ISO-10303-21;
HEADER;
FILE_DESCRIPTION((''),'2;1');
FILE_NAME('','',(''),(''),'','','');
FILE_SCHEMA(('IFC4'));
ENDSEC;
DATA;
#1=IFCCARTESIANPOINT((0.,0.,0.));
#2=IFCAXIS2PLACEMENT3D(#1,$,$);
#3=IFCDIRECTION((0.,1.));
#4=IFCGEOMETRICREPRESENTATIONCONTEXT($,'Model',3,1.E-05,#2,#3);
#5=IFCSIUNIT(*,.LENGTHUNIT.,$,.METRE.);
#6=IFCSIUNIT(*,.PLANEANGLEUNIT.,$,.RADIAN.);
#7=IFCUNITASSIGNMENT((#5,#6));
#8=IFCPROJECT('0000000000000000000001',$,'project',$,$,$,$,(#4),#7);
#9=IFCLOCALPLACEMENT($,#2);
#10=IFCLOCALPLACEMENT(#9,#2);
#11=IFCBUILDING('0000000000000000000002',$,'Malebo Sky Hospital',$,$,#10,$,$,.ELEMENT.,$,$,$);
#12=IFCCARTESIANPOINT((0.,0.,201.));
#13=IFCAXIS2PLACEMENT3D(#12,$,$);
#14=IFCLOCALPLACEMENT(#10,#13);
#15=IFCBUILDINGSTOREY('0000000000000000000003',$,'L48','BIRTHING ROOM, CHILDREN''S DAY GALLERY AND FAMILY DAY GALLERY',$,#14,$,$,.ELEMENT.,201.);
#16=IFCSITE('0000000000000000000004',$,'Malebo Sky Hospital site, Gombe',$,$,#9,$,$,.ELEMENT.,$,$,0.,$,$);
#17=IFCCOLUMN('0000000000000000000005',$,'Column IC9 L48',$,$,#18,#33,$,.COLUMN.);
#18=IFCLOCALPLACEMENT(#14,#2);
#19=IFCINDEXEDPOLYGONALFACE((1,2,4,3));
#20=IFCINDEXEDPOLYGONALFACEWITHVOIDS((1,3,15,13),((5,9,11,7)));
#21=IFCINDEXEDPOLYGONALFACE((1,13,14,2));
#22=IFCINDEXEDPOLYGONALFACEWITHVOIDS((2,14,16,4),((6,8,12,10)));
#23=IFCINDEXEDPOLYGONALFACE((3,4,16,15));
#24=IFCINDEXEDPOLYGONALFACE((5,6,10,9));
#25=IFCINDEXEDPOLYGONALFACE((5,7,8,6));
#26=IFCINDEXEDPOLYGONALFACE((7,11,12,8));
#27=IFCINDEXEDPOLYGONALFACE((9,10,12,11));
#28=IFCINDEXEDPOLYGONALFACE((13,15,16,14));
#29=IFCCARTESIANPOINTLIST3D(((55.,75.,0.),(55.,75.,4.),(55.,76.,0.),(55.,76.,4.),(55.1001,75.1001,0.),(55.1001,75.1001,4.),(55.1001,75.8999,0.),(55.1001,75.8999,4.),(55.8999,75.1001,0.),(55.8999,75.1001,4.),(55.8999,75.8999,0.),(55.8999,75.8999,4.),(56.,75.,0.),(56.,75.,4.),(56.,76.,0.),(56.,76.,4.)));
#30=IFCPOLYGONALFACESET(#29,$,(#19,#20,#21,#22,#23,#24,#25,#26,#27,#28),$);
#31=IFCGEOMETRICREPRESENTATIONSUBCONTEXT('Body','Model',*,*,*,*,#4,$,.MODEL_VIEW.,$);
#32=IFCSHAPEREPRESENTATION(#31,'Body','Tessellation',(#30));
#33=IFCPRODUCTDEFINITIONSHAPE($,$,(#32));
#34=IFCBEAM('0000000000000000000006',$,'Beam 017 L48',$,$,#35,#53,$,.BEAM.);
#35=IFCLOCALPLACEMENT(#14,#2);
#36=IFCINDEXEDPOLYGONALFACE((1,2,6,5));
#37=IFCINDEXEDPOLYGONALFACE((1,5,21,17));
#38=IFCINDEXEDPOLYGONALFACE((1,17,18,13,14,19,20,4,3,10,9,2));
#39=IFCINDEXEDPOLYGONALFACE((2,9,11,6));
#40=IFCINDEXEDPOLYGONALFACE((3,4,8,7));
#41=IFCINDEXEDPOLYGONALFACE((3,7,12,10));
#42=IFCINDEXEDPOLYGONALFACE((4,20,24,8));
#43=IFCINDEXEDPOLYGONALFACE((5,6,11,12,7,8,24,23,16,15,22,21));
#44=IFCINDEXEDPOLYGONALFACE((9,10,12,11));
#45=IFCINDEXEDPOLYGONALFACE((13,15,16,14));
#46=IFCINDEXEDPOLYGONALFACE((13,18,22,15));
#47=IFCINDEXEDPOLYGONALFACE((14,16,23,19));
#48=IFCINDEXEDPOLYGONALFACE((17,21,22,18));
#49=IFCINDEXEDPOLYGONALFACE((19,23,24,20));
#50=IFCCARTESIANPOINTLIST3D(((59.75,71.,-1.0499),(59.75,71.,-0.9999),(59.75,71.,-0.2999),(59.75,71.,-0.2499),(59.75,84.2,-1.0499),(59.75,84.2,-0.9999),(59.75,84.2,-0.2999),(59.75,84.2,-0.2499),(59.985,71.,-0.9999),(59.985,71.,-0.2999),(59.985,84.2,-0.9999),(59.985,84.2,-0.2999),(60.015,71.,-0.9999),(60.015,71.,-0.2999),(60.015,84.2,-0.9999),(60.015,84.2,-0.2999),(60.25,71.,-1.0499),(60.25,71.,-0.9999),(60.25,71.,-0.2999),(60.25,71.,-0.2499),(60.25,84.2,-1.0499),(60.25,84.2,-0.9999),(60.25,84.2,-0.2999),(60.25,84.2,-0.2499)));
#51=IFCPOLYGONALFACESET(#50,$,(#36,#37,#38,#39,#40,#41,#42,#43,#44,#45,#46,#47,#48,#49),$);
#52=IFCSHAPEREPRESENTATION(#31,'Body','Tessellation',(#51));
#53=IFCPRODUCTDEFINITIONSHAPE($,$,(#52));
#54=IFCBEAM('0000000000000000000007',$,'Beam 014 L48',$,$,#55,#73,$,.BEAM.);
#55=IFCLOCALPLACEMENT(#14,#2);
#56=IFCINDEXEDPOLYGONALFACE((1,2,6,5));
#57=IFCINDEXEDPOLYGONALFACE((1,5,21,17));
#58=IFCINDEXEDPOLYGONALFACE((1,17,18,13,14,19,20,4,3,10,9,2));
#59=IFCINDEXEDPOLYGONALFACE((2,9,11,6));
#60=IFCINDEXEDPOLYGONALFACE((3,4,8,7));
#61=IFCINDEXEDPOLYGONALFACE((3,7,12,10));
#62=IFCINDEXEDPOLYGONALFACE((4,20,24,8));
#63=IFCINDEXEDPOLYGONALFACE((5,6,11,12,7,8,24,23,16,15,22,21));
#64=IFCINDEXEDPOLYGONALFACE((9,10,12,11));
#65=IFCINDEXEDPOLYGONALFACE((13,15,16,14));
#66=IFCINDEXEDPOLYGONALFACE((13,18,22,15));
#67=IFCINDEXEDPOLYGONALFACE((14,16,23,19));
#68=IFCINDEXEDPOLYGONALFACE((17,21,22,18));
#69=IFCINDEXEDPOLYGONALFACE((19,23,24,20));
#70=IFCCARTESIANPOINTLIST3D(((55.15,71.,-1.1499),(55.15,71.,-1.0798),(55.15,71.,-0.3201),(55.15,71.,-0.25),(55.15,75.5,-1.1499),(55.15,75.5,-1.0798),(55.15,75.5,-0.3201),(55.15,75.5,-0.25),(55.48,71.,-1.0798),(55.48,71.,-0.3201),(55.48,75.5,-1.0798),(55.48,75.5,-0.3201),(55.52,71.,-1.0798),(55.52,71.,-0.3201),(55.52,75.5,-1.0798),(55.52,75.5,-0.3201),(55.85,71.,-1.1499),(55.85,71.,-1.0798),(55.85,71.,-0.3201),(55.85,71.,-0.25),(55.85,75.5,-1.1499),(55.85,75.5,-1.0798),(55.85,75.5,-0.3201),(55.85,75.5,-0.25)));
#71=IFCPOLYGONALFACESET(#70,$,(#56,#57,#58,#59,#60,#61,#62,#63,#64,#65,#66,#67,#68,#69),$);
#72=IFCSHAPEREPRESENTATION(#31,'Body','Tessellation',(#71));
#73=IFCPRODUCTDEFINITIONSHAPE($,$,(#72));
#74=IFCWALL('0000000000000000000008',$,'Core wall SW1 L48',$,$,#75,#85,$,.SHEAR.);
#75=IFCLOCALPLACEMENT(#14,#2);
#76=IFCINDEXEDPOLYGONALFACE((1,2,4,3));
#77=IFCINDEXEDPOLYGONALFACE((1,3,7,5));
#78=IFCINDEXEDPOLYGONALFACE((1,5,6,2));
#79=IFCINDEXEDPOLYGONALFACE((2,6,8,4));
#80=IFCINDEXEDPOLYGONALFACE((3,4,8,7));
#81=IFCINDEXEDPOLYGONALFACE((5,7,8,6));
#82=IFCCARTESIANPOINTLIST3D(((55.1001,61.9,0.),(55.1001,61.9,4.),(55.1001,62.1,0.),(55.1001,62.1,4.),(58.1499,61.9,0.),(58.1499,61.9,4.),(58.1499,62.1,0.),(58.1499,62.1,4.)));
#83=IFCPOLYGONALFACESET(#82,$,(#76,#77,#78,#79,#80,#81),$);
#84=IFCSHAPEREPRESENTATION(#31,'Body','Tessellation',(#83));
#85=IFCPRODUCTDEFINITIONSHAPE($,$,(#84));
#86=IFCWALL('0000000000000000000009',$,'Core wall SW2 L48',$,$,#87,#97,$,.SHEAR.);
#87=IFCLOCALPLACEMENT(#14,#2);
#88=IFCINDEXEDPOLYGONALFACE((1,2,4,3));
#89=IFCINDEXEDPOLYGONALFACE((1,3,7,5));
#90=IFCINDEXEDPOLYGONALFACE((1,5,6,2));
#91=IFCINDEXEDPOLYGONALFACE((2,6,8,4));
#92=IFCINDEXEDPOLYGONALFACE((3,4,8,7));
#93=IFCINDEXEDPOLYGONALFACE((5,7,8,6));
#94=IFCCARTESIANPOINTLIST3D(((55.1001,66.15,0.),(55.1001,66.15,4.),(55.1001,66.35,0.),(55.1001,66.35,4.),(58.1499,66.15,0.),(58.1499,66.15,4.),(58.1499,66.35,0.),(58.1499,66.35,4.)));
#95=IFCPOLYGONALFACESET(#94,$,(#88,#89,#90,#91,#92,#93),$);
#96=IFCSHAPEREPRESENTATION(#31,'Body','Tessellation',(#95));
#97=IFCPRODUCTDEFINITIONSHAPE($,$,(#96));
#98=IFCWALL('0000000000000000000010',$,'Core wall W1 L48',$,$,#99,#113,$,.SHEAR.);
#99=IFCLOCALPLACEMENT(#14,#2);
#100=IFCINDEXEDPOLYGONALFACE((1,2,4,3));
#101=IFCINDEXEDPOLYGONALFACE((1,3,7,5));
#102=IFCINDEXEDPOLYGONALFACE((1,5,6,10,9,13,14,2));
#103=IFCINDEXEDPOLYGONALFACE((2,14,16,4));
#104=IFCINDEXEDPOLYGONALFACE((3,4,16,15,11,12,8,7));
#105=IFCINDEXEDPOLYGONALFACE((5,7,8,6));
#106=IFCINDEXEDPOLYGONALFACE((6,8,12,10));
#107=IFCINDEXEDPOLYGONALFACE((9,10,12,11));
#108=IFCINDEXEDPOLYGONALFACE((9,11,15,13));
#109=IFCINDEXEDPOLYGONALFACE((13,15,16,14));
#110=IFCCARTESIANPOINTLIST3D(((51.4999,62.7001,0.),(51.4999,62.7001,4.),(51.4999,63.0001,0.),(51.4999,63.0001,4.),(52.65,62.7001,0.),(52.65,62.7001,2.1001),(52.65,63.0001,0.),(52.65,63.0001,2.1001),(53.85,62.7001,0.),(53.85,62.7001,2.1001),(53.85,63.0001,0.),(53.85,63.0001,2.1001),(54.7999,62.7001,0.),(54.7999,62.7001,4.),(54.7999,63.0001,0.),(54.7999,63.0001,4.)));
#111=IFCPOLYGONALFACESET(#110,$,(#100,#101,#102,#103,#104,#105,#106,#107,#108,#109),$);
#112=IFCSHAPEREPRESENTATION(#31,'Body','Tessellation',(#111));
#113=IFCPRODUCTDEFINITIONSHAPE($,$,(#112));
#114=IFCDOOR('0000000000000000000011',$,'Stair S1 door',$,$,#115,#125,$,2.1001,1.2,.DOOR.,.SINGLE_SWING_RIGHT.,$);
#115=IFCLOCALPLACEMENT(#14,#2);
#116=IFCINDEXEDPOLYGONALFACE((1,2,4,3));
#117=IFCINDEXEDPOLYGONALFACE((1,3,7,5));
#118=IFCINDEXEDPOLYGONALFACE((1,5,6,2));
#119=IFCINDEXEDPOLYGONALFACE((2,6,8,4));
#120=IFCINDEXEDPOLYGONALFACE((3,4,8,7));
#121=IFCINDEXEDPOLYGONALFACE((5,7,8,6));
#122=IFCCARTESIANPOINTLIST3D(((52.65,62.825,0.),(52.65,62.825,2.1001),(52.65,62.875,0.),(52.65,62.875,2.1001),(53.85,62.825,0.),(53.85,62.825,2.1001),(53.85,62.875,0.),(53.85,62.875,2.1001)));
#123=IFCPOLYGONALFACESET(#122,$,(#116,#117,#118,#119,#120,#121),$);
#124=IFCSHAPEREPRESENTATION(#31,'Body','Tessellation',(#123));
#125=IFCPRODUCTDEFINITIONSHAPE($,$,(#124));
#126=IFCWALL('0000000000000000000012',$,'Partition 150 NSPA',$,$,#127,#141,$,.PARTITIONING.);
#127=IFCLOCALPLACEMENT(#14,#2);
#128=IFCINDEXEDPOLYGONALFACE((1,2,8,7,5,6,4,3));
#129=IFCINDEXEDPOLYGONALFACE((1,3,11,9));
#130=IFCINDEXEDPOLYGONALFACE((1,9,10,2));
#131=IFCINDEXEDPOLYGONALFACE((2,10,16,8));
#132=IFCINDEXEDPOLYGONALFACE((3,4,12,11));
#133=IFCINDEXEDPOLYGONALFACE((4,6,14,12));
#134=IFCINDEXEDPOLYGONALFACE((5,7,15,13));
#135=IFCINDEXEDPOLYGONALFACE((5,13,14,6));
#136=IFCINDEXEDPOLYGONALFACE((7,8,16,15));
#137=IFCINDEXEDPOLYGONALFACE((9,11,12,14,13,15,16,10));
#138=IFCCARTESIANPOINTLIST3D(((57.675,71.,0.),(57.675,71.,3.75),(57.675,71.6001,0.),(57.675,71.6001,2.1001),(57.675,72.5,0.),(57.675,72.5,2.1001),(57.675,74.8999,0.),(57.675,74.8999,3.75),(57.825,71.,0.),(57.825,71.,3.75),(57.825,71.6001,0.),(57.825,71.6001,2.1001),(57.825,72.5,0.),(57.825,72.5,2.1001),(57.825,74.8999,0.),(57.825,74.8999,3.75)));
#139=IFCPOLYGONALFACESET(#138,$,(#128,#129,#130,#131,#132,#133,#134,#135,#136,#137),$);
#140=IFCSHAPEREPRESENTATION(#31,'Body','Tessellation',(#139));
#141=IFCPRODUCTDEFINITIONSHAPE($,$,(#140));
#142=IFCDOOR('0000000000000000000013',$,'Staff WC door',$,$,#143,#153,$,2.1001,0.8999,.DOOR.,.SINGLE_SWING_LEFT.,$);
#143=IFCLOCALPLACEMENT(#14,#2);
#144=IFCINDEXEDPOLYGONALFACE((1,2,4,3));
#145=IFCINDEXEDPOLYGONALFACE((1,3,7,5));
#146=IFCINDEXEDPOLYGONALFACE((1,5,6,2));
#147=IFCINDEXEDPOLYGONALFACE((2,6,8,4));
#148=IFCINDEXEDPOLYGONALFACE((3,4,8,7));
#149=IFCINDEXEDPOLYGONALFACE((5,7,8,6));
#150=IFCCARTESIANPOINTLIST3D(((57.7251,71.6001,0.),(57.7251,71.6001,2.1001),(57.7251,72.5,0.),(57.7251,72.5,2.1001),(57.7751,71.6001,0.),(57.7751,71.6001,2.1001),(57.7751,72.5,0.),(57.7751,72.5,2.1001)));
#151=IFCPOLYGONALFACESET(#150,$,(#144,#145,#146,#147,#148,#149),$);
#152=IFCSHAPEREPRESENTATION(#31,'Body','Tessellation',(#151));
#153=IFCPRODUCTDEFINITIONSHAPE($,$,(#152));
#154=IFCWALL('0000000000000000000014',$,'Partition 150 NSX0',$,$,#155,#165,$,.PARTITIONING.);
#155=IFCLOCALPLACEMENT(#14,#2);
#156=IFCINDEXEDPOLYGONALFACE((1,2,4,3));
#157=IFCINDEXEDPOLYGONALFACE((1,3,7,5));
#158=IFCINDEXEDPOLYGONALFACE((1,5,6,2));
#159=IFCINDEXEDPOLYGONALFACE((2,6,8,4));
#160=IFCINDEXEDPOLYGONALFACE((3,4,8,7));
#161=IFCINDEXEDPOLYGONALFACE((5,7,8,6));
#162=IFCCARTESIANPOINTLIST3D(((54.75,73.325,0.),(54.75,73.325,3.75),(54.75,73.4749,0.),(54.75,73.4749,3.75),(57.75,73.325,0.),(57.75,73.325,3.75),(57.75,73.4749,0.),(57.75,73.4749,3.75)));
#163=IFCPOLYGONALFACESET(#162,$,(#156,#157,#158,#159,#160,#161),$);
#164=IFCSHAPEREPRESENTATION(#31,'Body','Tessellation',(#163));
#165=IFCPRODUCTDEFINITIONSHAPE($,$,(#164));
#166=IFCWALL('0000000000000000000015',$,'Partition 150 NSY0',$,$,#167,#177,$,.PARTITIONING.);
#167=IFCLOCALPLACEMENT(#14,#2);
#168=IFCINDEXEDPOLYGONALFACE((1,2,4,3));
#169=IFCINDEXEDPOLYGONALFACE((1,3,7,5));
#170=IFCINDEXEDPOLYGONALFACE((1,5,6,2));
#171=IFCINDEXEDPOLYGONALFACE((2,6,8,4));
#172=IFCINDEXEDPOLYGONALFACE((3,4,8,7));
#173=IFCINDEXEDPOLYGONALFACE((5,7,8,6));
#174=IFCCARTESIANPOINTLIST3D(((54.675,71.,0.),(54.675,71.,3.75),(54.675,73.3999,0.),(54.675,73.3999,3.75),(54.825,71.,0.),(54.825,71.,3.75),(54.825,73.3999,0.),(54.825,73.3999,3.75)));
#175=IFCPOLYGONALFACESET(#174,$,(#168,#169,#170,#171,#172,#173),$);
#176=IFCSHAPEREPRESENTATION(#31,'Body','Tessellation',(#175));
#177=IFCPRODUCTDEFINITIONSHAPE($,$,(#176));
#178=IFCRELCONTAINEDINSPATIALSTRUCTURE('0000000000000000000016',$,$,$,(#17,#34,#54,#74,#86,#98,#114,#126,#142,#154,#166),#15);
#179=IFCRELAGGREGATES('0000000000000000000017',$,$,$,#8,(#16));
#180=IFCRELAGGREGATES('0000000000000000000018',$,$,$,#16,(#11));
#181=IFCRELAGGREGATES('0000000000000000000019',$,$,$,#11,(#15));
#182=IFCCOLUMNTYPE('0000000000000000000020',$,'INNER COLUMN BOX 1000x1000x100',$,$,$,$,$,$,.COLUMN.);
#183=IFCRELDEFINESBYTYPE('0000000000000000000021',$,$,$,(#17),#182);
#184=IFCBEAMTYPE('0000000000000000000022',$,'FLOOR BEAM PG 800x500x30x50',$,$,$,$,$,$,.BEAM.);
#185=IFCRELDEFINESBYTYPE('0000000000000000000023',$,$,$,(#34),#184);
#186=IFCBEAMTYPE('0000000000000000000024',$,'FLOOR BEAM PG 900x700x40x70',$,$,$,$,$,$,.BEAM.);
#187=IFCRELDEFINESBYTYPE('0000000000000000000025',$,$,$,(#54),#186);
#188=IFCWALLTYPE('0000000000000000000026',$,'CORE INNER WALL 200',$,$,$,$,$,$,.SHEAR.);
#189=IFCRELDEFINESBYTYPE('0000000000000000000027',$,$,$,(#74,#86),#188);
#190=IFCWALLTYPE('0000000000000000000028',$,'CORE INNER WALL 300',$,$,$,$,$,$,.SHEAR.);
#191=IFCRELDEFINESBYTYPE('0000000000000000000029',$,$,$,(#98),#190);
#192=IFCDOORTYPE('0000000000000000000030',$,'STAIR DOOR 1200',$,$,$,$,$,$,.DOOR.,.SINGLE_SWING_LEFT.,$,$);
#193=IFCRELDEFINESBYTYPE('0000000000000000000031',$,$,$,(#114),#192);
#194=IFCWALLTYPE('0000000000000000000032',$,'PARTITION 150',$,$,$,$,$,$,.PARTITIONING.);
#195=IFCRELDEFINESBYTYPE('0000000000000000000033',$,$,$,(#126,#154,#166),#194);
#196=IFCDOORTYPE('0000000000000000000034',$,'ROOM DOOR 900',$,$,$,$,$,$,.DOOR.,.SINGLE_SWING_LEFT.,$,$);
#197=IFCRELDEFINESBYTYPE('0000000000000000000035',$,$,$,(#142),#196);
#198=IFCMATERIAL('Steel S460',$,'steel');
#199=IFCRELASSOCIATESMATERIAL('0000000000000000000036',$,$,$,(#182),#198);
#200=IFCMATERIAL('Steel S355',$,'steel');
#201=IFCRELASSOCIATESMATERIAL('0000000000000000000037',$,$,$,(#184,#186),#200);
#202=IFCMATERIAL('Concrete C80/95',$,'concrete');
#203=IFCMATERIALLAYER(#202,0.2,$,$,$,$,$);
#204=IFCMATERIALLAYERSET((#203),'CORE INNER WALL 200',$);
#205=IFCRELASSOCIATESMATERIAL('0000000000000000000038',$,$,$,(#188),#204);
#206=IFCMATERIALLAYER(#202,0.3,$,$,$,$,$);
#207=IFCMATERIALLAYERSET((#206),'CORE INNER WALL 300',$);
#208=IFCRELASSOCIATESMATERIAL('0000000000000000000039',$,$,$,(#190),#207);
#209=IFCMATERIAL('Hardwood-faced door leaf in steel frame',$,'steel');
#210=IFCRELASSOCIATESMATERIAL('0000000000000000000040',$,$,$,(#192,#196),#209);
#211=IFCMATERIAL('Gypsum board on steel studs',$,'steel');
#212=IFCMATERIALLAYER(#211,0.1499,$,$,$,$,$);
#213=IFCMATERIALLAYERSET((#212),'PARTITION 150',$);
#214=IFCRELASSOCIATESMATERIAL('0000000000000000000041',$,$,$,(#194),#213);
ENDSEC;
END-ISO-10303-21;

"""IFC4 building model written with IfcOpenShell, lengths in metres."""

from ifc_helpers import new_model, si_unit, direction, frame, frame_2d, origin, origin_2d, place, context, subcontext, project, spatial, rectangle, hollow_rectangle, i_section, extrude, material, layer, layer_set, material_profile, profile_set, type_object, element, fill, save


model = new_model("IFC4")

# Units and contexts
model_context = context("Model", 3, precision=1e-05, world=origin(), true_north=direction((0.0, 1.0)))
body_context = subcontext(model_context, "Body", "Model", "MODEL_VIEW")
ifc_project = project(units=[si_unit("LENGTHUNIT", "METRE"), si_unit("PLANEANGLEUNIT", "RADIAN")], contexts=[model_context])

# Site, building, storey
site_placement = place(None, origin())
site = spatial("IfcSite", under=ifc_project, at=site_placement, Name="Malebo Sky Hospital site, Gombe", CompositionType="ELEMENT", RefElevation=0.0)
building_placement = place(site_placement, origin())
building = spatial("IfcBuilding", under=site, at=building_placement, Name="Malebo Sky Hospital", CompositionType="ELEMENT")
storey_placement = place(building_placement, frame((0.0, 0.0, 201.0)))
storey = spatial("IfcBuildingStorey", under=building, at=storey_placement, Name="L48", Description="BIRTHING ROOM, CHILDREN'S DAY GALLERY AND FAMILY DAY GALLERY", CompositionType="ELEMENT", Elevation=201.0)

# Column
ifc_material_1 = material(Name="Steel S460", Category="steel")
ifc_material_profile_1 = material_profile(ifc_material_1, hollow_rectangle(XDim=1.0, YDim=1.0, WallThickness=0.1001, at=origin_2d()), Name="BOX 1000x1000x100")
ifc_profile_set_1 = profile_set([ifc_material_profile_1], Name="Steel S460")
column_type = type_object("IfcColumnType", Name="INNER COLUMN BOX 1000x1000x100", PredefinedType="COLUMN", material=ifc_profile_set_1)
column_placement = place(storey_placement, frame((55.5, 75.5, 0.0), z_axis=(0.0, 0.0, 1.0), x_axis=(1.0, 0.0, 0.0)))
element("IfcColumn", 1, at=column_placement, inside=storey, type_object=column_type, Name="Column IC9 L48", PredefinedType="COLUMN", context=body_context, shape_type="SweptSolid", body=[
    extrude(hollow_rectangle(XDim=1.0, YDim=1.0, WallThickness=0.1001, at=origin_2d()), origin(), (0.0, 0.0, 1.0), 4.0),
])

# Beams
ifc_material_2 = material(Name="Steel S355", Category="steel")
ifc_material_profile_2 = material_profile(ifc_material_2, i_section(OverallWidth=0.5, OverallDepth=0.8, WebThickness=0.03, FlangeThickness=0.05, at=origin_2d()), Name="PG 800x500x30x50")
ifc_profile_set_2 = profile_set([ifc_material_profile_2], Name="Steel S355")
beam_type_1 = type_object("IfcBeamType", Name="FLOOR BEAM PG 800x500x30x50", PredefinedType="BEAM", material=ifc_profile_set_2)
beam_1_placement = place(storey_placement, frame((60.0, 71.0, -0.6499), z_axis=(0.0, 1.0, 0.0), x_axis=(-1.0, 0.0, 0.0)))
element("IfcBeam", 2, at=beam_1_placement, inside=storey, type_object=beam_type_1, Name="Beam 017 L48", PredefinedType="BEAM", context=body_context, shape_type="SweptSolid", body=[
    extrude(i_section(OverallWidth=0.5, OverallDepth=0.8, WebThickness=0.03, FlangeThickness=0.05, at=origin_2d()), origin(), (0.0, 0.0, 1.0), 13.2),
])
ifc_material_profile_3 = material_profile(ifc_material_2, i_section(OverallWidth=0.7, OverallDepth=0.8999, WebThickness=0.04, FlangeThickness=0.0701, at=origin_2d()), Name="PG 900x700x40x70")
ifc_profile_set_3 = profile_set([ifc_material_profile_3], Name="Steel S355")
beam_type_2 = type_object("IfcBeamType", Name="FLOOR BEAM PG 900x700x40x70", PredefinedType="BEAM", material=ifc_profile_set_3)
beam_2_placement = place(storey_placement, frame((55.5, 71.0, -0.7), z_axis=(0.0, 1.0, 0.0), x_axis=(-1.0, 0.0, 0.0)))
element("IfcBeam", 3, at=beam_2_placement, inside=storey, type_object=beam_type_2, Name="Beam 014 L48", PredefinedType="BEAM", context=body_context, shape_type="SweptSolid", body=[
    extrude(i_section(OverallWidth=0.7, OverallDepth=0.8999, WebThickness=0.04, FlangeThickness=0.0701, at=origin_2d()), origin(), (0.0, 0.0, 1.0), 4.5),
])

# Walls
ifc_material_3 = material(Name="Concrete C80/95", Category="concrete")
ifc_layer_1 = layer(ifc_material_3, 0.2)
ifc_layer_set_1 = layer_set([ifc_layer_1], Name="CORE INNER WALL 200")
wall_type_1 = type_object("IfcWallType", Name="CORE INNER WALL 200", PredefinedType="SHEAR", material=ifc_layer_set_1)
for number, where, z_axis, x_axis, name in (
    (4, (55.1001, 62.0, 0.0), (0.0, 0.0, 1.0), (1.0, 0.0, 0.0), "Core wall SW1 L48"),
    (5, (55.1001, 66.25, 0.0), (0.0, 0.0, 1.0), (1.0, 0.0, 0.0), "Core wall SW2 L48"),
):
    element("IfcWall", number, at=place(storey_placement, frame(where, z_axis=z_axis, x_axis=x_axis)), inside=storey, type_object=wall_type_1, Name=name, PredefinedType="SHEAR", context=body_context, shape_type="SweptSolid", body=[
        extrude(rectangle(XDim=3.0498, YDim=0.2, at=frame_2d((1.5249, 0.0))), origin(), (0.0, 0.0, 1.0), 4.0),
    ])

# Walls, openings, doors
ifc_layer_2 = layer(ifc_material_3, 0.3)
ifc_layer_set_2 = layer_set([ifc_layer_2], Name="CORE INNER WALL 300")
wall_type_2 = type_object("IfcWallType", Name="CORE INNER WALL 300", PredefinedType="SHEAR", material=ifc_layer_set_2)
wall_1_placement = place(storey_placement, frame((51.5, 62.8501, 0.0), z_axis=(0.0, 0.0, 1.0), x_axis=(1.0, 0.0, 0.0)))
wall_1 = element("IfcWall", 6, at=wall_1_placement, inside=storey, type_object=wall_type_2, Name="Core wall W1 L48", PredefinedType="SHEAR", context=body_context, shape_type="SweptSolid", body=[
    extrude(rectangle(XDim=3.3, YDim=0.3, at=frame_2d((1.6499, 0.0))), origin(), (0.0, 0.0, 1.0), 4.0),
])
opening_1_placement = place(wall_1_placement, frame((1.1499, 0.0, 0.0)))
opening_1 = element("IfcOpeningElement", 7, at=opening_1_placement, cuts=wall_1, PredefinedType="OPENING", context=body_context, shape_type="SweptSolid", body=[
    extrude(rectangle(XDim=1.2, YDim=2.1001, at=frame_2d((0.6001, 1.05))), frame((0.0, 0.1599, 0.0), z_axis=(0.0, -1.0, 0.0), x_axis=(1.0, 0.0, 0.0)), (0.0, 0.0, 1.0), 0.3201),
])
ifc_material_4 = material(Name="Hardwood-faced door leaf in steel frame", Category="steel")
door_type_1 = type_object("IfcDoorType", Name="STAIR DOOR 1200", OperationType="SINGLE_SWING_LEFT", PredefinedType="DOOR", material=ifc_material_4)
door_1_placement = place(opening_1_placement, origin())
door_1 = element("IfcDoor", 8, at=door_1_placement, inside=storey, type_object=door_type_1, Name="Stair S1 door", OperationType="SINGLE_SWING_RIGHT", OverallHeight=2.1001, OverallWidth=1.2, PredefinedType="DOOR", context=body_context, shape_type="SweptSolid", body=[
    extrude(rectangle(XDim=1.2, YDim=2.1001, at=frame_2d((0.6001, 1.05))), frame((0.0, 0.0249, 0.0), z_axis=(0.0, -1.0, 0.0), x_axis=(1.0, 0.0, 0.0)), (0.0, 0.0, 1.0), 0.05),
])
fill(opening_1, door_1)
ifc_material_5 = material(Name="Gypsum board on steel studs", Category="steel")
ifc_layer_3 = layer(ifc_material_5, 0.1499)
ifc_layer_set_3 = layer_set([ifc_layer_3], Name="PARTITION 150")
wall_type_3 = type_object("IfcWallType", Name="PARTITION 150", PredefinedType="PARTITIONING", material=ifc_layer_set_3)
wall_2_placement = place(storey_placement, frame((57.75, 71.0, 0.0), z_axis=(0.0, 0.0, 1.0), x_axis=(0.0, 1.0, 0.0)))
wall_2 = element("IfcWall", 9, at=wall_2_placement, inside=storey, type_object=wall_type_3, Name="Partition 150 NSPA", PredefinedType="PARTITIONING", context=body_context, shape_type="SweptSolid", body=[
    extrude(rectangle(XDim=3.8999, YDim=0.1499, at=frame_2d((1.95, 0.0))), origin(), (0.0, 0.0, 1.0), 3.75),
])
opening_2_placement = place(wall_2_placement, frame((0.6001, 0.0, 0.0)))
opening_2 = element("IfcOpeningElement", 10, at=opening_2_placement, cuts=wall_2, PredefinedType="OPENING", context=body_context, shape_type="SweptSolid", body=[
    extrude(rectangle(XDim=0.8999, YDim=2.1001, at=frame_2d((0.45, 1.05))), frame((0.0, 0.085, 0.0), z_axis=(0.0, -1.0, 0.0), x_axis=(1.0, 0.0, 0.0)), (0.0, 0.0, 1.0), 0.1699),
])
door_type_2 = type_object("IfcDoorType", Name="ROOM DOOR 900", OperationType="SINGLE_SWING_LEFT", PredefinedType="DOOR", material=ifc_material_4)
door_2_placement = place(opening_2_placement, origin())
door_2 = element("IfcDoor", 11, at=door_2_placement, inside=storey, type_object=door_type_2, Name="Staff WC door", OperationType="SINGLE_SWING_LEFT", OverallHeight=2.1001, OverallWidth=0.8999, PredefinedType="DOOR", context=body_context, shape_type="SweptSolid", body=[
    extrude(rectangle(XDim=0.8999, YDim=2.1001, at=frame_2d((0.45, 1.05))), frame((0.0, 0.0249, 0.0), z_axis=(0.0, -1.0, 0.0), x_axis=(1.0, 0.0, 0.0)), (0.0, 0.0, 1.0), 0.05),
])
fill(opening_2, door_2)

# Walls
wall_3_placement = place(storey_placement, frame((54.75, 73.3999, 0.0), z_axis=(0.0, 0.0, 1.0), x_axis=(1.0, 0.0, 0.0)))
element("IfcWall", 12, at=wall_3_placement, inside=storey, type_object=wall_type_3, Name="Partition 150 NSX0", PredefinedType="PARTITIONING", context=body_context, shape_type="SweptSolid", body=[
    extrude(rectangle(XDim=3.0, YDim=0.1499, at=frame_2d((1.5, 0.0))), origin(), (0.0, 0.0, 1.0), 3.75),
])
wall_4_placement = place(storey_placement, frame((54.75, 71.0, 0.0), z_axis=(0.0, 0.0, 1.0), x_axis=(0.0, 1.0, 0.0)))
element("IfcWall", 13, at=wall_4_placement, inside=storey, type_object=wall_type_3, Name="Partition 150 NSY0", PredefinedType="PARTITIONING", context=body_context, shape_type="SweptSolid", body=[
    extrude(rectangle(XDim=2.3999, YDim=0.1499, at=frame_2d((1.2, 0.0))), origin(), (0.0, 0.0, 1.0), 3.75),
])

save(model, "model.ifc")
